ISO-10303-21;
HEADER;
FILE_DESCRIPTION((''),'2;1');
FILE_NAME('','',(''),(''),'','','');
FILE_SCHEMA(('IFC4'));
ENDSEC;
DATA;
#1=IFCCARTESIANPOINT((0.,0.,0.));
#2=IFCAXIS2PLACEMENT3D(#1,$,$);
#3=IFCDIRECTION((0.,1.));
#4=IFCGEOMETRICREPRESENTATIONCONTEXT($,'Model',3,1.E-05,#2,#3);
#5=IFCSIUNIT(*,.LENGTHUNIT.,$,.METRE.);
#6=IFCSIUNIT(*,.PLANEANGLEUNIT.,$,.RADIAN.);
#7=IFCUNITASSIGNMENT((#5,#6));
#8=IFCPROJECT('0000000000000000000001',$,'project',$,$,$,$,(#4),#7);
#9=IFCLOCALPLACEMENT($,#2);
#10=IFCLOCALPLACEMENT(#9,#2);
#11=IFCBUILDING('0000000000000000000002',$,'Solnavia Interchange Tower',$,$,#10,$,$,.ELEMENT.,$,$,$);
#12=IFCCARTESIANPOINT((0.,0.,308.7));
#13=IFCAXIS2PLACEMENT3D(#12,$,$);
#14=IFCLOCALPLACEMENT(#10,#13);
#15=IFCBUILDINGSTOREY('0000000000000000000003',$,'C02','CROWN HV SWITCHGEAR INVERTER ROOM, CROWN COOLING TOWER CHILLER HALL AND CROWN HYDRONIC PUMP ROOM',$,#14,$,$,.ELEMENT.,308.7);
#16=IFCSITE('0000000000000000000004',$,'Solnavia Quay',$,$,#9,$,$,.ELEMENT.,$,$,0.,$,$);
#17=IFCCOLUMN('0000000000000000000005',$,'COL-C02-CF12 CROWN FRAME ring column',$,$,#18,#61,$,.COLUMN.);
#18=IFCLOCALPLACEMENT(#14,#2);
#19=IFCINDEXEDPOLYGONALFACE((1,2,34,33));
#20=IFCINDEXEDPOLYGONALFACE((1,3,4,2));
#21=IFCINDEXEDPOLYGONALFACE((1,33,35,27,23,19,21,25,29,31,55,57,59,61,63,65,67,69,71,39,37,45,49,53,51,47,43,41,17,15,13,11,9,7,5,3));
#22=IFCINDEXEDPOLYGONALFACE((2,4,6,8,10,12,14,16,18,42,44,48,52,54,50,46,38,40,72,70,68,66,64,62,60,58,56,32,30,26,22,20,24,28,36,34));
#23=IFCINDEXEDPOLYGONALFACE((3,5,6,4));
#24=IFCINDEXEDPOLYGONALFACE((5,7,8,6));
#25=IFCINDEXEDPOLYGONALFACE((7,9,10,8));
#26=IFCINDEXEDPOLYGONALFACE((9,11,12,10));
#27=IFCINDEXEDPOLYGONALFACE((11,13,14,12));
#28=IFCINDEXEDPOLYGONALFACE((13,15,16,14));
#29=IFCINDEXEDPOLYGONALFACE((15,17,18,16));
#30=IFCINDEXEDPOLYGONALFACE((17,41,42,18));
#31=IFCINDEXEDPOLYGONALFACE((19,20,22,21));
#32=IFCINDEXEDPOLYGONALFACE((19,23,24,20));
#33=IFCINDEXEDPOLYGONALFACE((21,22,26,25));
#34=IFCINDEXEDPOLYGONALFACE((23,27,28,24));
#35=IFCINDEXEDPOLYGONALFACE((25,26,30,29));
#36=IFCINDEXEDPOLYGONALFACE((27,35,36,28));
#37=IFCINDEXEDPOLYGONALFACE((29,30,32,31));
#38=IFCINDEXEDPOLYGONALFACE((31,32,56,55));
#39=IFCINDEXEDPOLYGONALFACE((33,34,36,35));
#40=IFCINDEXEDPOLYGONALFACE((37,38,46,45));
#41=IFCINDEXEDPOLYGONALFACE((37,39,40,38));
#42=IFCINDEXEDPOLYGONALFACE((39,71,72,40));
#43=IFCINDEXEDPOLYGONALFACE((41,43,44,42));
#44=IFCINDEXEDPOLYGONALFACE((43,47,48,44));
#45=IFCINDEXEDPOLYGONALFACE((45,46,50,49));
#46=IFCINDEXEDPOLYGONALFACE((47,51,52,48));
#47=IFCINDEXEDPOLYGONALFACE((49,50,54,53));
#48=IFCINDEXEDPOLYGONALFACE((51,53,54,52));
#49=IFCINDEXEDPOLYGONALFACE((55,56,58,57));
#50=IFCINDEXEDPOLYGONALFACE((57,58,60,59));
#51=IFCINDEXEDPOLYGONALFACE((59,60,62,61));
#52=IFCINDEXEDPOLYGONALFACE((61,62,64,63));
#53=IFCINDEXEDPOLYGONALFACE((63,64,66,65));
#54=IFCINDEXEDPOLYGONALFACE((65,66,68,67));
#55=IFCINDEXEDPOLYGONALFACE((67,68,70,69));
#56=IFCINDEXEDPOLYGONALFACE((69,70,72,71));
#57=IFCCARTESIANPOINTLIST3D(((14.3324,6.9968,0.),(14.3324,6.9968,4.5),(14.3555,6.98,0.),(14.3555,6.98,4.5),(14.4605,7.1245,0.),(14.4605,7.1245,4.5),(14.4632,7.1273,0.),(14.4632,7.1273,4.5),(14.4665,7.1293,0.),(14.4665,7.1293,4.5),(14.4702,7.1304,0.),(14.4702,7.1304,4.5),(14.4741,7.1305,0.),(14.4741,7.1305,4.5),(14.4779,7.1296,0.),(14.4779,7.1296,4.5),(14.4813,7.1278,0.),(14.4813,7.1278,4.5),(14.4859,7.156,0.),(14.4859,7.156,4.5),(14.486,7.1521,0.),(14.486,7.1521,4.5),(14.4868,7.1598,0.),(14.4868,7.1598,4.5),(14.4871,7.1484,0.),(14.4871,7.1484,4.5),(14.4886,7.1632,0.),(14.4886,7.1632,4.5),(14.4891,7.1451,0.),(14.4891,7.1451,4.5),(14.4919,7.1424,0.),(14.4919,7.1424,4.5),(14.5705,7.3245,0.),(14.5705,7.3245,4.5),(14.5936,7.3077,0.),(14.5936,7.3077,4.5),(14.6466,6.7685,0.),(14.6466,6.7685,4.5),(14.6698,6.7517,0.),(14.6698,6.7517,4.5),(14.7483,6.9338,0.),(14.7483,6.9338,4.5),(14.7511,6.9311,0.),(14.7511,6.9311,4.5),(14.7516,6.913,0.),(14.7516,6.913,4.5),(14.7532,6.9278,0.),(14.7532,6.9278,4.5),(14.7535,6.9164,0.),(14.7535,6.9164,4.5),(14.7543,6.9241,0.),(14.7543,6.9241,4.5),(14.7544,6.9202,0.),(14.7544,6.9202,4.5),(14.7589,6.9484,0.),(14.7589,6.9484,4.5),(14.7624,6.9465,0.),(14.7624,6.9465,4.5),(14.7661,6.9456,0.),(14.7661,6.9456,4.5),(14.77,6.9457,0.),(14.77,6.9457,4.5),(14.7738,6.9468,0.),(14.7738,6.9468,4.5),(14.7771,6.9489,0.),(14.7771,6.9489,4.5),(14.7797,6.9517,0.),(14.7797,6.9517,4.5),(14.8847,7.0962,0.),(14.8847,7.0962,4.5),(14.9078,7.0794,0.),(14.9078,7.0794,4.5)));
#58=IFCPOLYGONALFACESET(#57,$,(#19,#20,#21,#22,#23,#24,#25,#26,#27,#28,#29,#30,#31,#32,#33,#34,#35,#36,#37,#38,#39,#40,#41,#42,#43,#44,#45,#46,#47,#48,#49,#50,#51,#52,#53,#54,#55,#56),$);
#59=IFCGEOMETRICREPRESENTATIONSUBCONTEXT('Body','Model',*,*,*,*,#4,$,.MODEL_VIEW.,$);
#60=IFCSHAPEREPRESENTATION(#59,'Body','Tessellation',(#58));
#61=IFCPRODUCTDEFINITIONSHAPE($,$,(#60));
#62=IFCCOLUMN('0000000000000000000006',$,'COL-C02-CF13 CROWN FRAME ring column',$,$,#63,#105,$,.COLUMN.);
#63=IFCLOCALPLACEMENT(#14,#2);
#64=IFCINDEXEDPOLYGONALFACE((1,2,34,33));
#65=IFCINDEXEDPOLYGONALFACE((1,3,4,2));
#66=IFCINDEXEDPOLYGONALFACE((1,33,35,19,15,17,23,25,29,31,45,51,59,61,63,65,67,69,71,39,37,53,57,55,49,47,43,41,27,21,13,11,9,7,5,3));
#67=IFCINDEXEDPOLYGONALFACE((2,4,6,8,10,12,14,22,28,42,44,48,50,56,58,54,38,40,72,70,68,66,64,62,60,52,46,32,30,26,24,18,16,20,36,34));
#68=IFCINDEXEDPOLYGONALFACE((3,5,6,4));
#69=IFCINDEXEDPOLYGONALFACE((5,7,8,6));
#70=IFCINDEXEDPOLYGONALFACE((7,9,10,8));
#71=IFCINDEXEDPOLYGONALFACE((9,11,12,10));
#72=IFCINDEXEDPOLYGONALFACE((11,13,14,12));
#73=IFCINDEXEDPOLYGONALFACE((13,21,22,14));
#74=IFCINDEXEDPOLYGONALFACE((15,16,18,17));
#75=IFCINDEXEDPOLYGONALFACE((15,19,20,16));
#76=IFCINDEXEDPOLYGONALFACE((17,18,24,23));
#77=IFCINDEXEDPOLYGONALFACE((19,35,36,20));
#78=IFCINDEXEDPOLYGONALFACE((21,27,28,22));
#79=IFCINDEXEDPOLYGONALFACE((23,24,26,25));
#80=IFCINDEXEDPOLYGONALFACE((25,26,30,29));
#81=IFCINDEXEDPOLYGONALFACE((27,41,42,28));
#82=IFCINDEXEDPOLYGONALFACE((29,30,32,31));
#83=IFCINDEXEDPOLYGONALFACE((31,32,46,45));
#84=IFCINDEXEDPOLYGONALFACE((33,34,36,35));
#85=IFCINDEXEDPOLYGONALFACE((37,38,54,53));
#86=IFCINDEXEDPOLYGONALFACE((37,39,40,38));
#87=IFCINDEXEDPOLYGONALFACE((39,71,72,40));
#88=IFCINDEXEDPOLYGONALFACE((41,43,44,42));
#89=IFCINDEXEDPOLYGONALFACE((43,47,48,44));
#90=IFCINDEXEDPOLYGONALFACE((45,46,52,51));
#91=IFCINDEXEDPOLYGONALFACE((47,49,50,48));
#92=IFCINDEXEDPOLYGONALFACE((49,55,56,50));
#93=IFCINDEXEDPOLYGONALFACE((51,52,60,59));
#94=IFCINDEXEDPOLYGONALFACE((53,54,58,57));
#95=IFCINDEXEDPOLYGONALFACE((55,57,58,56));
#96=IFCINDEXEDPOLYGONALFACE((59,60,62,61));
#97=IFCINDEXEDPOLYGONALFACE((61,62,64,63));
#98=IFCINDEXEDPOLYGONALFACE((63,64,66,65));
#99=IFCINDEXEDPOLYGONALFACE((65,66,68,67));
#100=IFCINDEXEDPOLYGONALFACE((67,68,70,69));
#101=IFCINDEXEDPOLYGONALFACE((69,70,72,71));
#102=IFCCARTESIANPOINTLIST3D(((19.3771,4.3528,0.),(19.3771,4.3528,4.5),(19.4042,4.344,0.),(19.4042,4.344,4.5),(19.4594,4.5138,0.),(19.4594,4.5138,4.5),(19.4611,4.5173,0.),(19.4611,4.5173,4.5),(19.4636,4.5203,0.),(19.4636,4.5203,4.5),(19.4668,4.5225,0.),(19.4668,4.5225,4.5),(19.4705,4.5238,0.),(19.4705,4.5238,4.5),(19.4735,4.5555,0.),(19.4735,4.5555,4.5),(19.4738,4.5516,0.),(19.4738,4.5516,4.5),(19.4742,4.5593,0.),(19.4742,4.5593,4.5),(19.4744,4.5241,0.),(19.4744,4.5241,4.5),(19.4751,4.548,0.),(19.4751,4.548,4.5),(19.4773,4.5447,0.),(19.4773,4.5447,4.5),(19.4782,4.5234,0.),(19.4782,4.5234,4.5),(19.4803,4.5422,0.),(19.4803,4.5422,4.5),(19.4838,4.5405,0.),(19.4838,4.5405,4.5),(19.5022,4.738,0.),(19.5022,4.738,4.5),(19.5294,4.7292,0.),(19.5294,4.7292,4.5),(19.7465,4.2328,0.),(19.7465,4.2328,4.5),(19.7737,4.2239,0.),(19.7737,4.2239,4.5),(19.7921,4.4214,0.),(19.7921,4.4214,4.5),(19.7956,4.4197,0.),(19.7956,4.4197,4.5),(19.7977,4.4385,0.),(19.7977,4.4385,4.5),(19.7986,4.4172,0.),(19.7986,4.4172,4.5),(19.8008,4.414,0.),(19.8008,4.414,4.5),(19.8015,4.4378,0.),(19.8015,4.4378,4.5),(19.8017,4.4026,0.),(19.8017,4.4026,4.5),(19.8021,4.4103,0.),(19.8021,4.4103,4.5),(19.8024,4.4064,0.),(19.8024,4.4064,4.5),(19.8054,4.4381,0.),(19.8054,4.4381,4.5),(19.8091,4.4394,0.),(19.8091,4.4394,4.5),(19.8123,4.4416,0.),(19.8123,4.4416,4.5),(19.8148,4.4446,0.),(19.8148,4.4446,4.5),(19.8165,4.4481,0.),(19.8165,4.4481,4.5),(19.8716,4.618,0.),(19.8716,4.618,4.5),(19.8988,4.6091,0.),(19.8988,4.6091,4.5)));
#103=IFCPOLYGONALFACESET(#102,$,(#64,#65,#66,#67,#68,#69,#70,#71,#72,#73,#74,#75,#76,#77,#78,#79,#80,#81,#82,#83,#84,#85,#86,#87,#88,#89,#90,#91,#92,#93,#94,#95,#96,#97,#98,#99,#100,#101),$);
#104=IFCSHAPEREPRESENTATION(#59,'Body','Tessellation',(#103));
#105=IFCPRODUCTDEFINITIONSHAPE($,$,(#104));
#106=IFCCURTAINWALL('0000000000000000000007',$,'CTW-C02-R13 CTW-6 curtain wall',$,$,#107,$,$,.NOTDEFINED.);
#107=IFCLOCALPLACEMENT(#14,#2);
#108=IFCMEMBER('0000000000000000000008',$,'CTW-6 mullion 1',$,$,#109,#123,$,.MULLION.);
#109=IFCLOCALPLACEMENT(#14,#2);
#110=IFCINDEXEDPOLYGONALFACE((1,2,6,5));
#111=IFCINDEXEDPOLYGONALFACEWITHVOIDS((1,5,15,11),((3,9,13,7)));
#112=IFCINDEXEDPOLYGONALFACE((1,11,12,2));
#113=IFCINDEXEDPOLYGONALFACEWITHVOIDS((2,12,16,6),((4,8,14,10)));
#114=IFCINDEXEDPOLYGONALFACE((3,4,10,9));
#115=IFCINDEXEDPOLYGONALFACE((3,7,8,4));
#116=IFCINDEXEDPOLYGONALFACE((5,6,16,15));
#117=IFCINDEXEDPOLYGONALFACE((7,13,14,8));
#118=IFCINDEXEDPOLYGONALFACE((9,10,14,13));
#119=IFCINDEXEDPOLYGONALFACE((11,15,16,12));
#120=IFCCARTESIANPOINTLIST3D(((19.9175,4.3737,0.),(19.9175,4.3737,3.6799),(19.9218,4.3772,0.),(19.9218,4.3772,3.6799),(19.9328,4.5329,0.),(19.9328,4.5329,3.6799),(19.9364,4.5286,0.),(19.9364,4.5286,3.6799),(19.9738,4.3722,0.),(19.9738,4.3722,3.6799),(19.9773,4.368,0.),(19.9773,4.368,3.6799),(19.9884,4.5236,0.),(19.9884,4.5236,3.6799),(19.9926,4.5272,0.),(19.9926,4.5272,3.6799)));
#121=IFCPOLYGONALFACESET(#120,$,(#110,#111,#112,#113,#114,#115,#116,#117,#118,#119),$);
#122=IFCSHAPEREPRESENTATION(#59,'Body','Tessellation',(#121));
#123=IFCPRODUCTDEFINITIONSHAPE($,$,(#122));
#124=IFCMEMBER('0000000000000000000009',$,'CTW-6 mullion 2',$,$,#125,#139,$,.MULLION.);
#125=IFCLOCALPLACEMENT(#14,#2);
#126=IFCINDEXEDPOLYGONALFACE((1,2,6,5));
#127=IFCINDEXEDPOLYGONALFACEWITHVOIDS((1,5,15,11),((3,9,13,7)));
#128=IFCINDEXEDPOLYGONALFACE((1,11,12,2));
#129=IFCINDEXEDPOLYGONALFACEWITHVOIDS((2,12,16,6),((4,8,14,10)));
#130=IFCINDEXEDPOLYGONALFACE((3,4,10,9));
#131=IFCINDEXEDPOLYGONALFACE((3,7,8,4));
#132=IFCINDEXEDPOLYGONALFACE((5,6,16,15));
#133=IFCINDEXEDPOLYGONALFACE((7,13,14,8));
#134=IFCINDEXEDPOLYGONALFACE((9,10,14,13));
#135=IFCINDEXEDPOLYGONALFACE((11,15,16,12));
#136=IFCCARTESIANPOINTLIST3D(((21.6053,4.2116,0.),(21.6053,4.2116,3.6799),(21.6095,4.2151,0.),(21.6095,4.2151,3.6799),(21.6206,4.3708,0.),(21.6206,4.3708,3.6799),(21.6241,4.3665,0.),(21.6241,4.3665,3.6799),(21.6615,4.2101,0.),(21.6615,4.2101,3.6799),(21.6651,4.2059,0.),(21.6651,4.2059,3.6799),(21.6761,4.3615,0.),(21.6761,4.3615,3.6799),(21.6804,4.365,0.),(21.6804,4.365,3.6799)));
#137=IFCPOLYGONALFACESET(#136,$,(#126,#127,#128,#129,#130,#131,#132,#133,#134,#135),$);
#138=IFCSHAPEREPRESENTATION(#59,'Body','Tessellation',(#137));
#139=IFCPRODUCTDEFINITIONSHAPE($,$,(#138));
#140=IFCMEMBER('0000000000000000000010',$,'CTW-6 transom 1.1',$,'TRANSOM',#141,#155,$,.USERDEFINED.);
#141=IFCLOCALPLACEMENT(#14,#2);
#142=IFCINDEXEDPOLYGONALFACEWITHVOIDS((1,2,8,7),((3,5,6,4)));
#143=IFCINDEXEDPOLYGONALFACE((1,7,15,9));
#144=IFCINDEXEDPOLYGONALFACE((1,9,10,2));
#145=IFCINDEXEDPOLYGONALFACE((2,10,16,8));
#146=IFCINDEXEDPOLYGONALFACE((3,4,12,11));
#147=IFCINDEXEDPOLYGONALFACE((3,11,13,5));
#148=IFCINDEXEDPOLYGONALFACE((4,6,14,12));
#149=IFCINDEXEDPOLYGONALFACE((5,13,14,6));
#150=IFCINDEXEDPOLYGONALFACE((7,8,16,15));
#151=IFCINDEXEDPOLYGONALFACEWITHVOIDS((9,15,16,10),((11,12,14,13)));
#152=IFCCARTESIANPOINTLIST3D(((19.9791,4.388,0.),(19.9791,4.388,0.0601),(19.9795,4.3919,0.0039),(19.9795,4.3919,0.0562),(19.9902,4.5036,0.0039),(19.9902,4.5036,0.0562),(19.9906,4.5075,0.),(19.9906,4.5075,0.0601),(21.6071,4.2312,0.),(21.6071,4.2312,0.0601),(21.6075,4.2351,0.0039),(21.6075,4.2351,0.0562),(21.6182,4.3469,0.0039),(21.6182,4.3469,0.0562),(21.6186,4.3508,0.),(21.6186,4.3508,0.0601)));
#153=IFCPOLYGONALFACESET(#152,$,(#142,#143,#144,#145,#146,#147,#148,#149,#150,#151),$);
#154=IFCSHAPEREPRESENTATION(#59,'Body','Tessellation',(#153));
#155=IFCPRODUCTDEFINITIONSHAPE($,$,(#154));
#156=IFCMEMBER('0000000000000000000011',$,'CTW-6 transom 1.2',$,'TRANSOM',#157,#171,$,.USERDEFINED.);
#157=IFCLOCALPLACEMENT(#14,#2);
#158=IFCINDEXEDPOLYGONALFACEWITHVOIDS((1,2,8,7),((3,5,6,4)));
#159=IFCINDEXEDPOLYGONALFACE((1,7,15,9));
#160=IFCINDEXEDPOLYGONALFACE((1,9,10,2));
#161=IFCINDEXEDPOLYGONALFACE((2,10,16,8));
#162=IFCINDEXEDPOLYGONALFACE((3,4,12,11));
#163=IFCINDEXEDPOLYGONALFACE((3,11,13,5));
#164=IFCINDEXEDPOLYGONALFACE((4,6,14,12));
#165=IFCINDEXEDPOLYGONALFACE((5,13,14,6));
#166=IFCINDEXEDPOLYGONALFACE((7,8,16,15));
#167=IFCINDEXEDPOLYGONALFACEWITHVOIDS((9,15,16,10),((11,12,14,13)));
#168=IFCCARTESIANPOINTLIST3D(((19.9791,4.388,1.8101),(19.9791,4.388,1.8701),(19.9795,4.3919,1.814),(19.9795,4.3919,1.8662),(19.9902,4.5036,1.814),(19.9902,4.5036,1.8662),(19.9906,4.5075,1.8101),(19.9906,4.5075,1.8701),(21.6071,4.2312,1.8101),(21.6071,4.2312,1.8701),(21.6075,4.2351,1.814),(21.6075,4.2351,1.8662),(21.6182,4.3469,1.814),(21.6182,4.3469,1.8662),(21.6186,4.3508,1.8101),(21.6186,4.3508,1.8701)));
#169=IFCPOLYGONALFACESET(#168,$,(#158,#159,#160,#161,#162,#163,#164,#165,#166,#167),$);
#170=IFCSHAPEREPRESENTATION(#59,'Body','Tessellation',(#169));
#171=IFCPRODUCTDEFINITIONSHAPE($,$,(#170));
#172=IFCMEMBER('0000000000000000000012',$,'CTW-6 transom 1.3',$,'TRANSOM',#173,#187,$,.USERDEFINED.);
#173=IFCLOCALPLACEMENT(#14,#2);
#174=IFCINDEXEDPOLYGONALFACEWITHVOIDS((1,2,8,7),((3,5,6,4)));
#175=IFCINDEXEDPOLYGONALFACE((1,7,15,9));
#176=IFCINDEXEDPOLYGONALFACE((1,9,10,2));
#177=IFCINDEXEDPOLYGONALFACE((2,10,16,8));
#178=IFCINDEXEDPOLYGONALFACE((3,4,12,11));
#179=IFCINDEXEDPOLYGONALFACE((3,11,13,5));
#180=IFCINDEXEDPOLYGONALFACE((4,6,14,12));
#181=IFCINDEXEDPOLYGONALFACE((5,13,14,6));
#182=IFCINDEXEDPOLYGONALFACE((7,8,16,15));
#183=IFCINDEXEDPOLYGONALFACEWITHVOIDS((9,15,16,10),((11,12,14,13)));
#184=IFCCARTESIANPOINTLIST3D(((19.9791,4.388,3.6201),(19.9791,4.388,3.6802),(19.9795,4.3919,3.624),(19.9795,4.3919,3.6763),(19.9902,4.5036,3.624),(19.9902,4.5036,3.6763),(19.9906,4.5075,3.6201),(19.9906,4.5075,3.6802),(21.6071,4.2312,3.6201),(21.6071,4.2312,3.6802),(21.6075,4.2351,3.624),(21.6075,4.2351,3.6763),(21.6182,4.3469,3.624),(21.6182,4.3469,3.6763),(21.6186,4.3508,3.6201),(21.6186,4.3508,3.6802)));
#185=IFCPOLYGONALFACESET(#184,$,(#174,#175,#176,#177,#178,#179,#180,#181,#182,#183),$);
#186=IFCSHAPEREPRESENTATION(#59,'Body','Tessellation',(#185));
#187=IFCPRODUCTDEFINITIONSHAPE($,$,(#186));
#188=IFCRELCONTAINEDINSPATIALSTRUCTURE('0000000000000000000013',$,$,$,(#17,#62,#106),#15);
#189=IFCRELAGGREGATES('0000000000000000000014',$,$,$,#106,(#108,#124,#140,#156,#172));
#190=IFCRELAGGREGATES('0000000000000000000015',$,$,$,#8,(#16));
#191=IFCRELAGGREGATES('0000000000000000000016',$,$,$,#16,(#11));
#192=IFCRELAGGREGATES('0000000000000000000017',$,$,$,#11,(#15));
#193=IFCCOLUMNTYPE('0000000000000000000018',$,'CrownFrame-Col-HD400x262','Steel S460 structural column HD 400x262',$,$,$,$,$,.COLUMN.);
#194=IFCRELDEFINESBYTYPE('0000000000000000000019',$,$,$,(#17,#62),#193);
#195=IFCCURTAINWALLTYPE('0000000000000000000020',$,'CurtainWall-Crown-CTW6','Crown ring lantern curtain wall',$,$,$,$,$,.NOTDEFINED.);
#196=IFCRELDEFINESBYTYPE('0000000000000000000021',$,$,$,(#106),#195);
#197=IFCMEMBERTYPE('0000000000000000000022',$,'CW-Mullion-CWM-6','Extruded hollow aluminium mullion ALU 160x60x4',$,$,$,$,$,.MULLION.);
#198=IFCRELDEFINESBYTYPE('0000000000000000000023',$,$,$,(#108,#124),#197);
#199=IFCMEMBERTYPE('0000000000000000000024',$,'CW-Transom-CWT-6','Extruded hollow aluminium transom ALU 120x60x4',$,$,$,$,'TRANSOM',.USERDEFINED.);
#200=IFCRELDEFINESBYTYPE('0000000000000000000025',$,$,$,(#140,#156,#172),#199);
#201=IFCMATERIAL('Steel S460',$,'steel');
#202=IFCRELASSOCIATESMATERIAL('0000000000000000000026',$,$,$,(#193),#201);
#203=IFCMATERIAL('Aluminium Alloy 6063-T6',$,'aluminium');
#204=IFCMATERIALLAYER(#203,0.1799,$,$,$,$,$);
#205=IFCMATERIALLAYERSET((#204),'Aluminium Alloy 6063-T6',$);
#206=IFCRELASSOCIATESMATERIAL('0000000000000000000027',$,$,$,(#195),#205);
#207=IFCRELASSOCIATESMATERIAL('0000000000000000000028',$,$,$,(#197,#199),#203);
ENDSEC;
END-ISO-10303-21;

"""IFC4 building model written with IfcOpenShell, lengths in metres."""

from ifc_helpers import new_model, si_unit, direction, frame, origin, origin_2d, place, context, subcontext, project, spatial, hollow_rectangle, i_section, extrude, material, layer, layer_set, material_profile, profile_set, type_object, element, aggregate, save


model = new_model("IFC4")

# Units and contexts
model_context = context("Model", 3, precision=1e-05, world=origin(), true_north=direction((0.0, 1.0)))
body_context = subcontext(model_context, "Body", "Model", "MODEL_VIEW")
ifc_project = project(units=[si_unit("LENGTHUNIT", "METRE"), si_unit("PLANEANGLEUNIT", "RADIAN")], contexts=[model_context])

# Site, building, storey
site_placement = place(None, origin())
site = spatial("IfcSite", under=ifc_project, at=site_placement, Name="Solnavia Quay", CompositionType="ELEMENT", RefElevation=0.0)
building_placement = place(site_placement, origin())
building = spatial("IfcBuilding", under=site, at=building_placement, Name="Solnavia Interchange Tower", CompositionType="ELEMENT")
storey_placement = place(building_placement, frame((0.0, 0.0, 308.7)))
storey = spatial("IfcBuildingStorey", under=building, at=storey_placement, Name="C02", Description="CROWN HV SWITCHGEAR INVERTER ROOM, CROWN COOLING TOWER CHILLER HALL AND CROWN HYDRONIC PUMP ROOM", CompositionType="ELEMENT", Elevation=308.7)

# Columns
ifc_material_1 = material(Name="Steel S460", Category="steel")
ifc_material_profile_1 = material_profile(ifc_material_1, i_section(OverallWidth=0.405, OverallDepth=0.417, WebThickness=0.0181, FlangeThickness=0.0286, FilletRadius=0.0149, at=origin_2d()), Name="HD 400x262")
ifc_profile_set_1 = profile_set([ifc_material_profile_1], Name="Steel S460")
column_type = type_object("IfcColumnType", Name="CrownFrame-Col-HD400x262", Description="Steel S460 structural column HD 400x262", PredefinedType="COLUMN", material=ifc_profile_set_1)
for number, where, z_axis, x_axis, name in (
    (1, (14.6201, 7.0381, 0.0), (0.0, 0.0, 1.0), (-0.587785, -0.809017, 0.0), "COL-C02-CF12 CROWN FRAME ring column"),
    (2, (19.6379, 4.481, 0.0), (0.0, 0.0, 1.0), (-0.309017, -0.951057, 0.0), "COL-C02-CF13 CROWN FRAME ring column"),
):
    element("IfcColumn", number, at=place(storey_placement, frame(where, z_axis=z_axis, x_axis=x_axis)), inside=storey, type_object=column_type, Name=name, PredefinedType="COLUMN", context=body_context, shape_type="SweptSolid", body=[
        extrude(i_section(OverallWidth=0.405, OverallDepth=0.417, WebThickness=0.0181, FlangeThickness=0.0286, FilletRadius=0.0149, at=origin_2d()), origin(), (0.0, 0.0, 1.0), 4.5),
    ])

# Curtain wall, members
ifc_material_2 = material(Name="Aluminium Alloy 6063-T6", Category="aluminium")
ifc_layer_1 = layer(ifc_material_2, 0.1799)
ifc_layer_set_1 = layer_set([ifc_layer_1], Name="Aluminium Alloy 6063-T6")
curtain_wall_type = type_object("IfcCurtainWallType", Name="CurtainWall-Crown-CTW6", Description="Crown ring lantern curtain wall", PredefinedType="NOTDEFINED", material=ifc_layer_set_1)
curtain_wall_placement = place(storey_placement, origin())
curtain_wall = element("IfcCurtainWall", 3, at=curtain_wall_placement, inside=storey, type_object=curtain_wall_type, Name="CTW-C02-R13 CTW-6 curtain wall", PredefinedType="NOTDEFINED")
ifc_material_profile_2 = material_profile(ifc_material_2, hollow_rectangle(XDim=0.0601, YDim=0.1599, WallThickness=0.0039, at=origin_2d()), Name="ALU 160x60x4")
ifc_profile_set_2 = profile_set([ifc_material_profile_2], Name="Aluminium Alloy 6063-T6")
member_type_1 = type_object("IfcMemberType", Name="CW-Mullion-CWM-6", Description="Extruded hollow aluminium mullion ALU 160x60x4", PredefinedType="MULLION", material=ifc_profile_set_2)
member_1_placement = place(storey_placement, frame((19.9551, 4.4504, 0.0), z_axis=(0.0, 0.0, 1.0), x_axis=(0.995408, -0.09572, 0.0)))
member_1 = element("IfcMember", 4, at=member_1_placement, type_object=member_type_1, Name="CTW-6 mullion 1", PredefinedType="MULLION", context=body_context, shape_type="SweptSolid", body=[
    extrude(hollow_rectangle(XDim=0.0601, YDim=0.1599, WallThickness=0.0039, at=origin_2d()), origin(), (0.0, 0.0, 1.0), 3.6799),
])
member_2_placement = place(storey_placement, frame((21.6428, 4.2883, 0.0), z_axis=(0.0, 0.0, 1.0), x_axis=(0.995408, -0.09572, 0.0)))
member_2 = element("IfcMember", 5, at=member_2_placement, type_object=member_type_1, Name="CTW-6 mullion 2", PredefinedType="MULLION", context=body_context, shape_type="SweptSolid", body=[
    extrude(hollow_rectangle(XDim=0.0601, YDim=0.1599, WallThickness=0.0039, at=origin_2d()), origin(), (0.0, 0.0, 1.0), 3.6799),
])
ifc_material_profile_3 = material_profile(ifc_material_2, hollow_rectangle(XDim=0.0601, YDim=0.1201, WallThickness=0.0039, at=origin_2d()), Name="ALU 120x60x4")
ifc_profile_set_3 = profile_set([ifc_material_profile_3], Name="Aluminium Alloy 6063-T6")
member_type_2 = type_object("IfcMemberType", Name="CW-Transom-CWT-6", Description="Extruded hollow aluminium transom ALU 120x60x4", ElementType="TRANSOM", PredefinedType="USERDEFINED", material=ifc_profile_set_3)
member_3_placement = place(storey_placement, frame((19.9849, 4.4478, 0.03), z_axis=(0.995397, -0.095838, 0.0), x_axis=(0.0, 0.0, 1.0)))
member_3 = element("IfcMember", 6, at=member_3_placement, type_object=member_type_2, Name="CTW-6 transom 1.1", ObjectType="TRANSOM", PredefinedType="USERDEFINED", context=body_context, shape_type="SweptSolid", body=[
    extrude(hollow_rectangle(XDim=0.0601, YDim=0.1201, WallThickness=0.0039, at=origin_2d()), origin(), (0.0, 0.0, 1.0), 1.6355),
])
member_4_placement = place(storey_placement, frame((19.9849, 4.4478, 1.8401), z_axis=(0.995397, -0.095838, 0.0), x_axis=(0.0, 0.0, 1.0)))
member_4 = element("IfcMember", 7, at=member_4_placement, type_object=member_type_2, Name="CTW-6 transom 1.2", ObjectType="TRANSOM", PredefinedType="USERDEFINED", context=body_context, shape_type="SweptSolid", body=[
    extrude(hollow_rectangle(XDim=0.0601, YDim=0.1201, WallThickness=0.0039, at=origin_2d()), origin(), (0.0, 0.0, 1.0), 1.6355),
])
member_5_placement = place(storey_placement, frame((19.9849, 4.4478, 3.6501), z_axis=(0.995397, -0.095838, 0.0), x_axis=(0.0, 0.0, 1.0)))
member_5 = element("IfcMember", 8, at=member_5_placement, type_object=member_type_2, Name="CTW-6 transom 1.3", ObjectType="TRANSOM", PredefinedType="USERDEFINED", context=body_context, shape_type="SweptSolid", body=[
    extrude(hollow_rectangle(XDim=0.0601, YDim=0.1201, WallThickness=0.0039, at=origin_2d()), origin(), (0.0, 0.0, 1.0), 1.6355),
])

aggregate(curtain_wall, [member_1, member_2, member_3, member_4, member_5])

save(model, "model.ifc")
